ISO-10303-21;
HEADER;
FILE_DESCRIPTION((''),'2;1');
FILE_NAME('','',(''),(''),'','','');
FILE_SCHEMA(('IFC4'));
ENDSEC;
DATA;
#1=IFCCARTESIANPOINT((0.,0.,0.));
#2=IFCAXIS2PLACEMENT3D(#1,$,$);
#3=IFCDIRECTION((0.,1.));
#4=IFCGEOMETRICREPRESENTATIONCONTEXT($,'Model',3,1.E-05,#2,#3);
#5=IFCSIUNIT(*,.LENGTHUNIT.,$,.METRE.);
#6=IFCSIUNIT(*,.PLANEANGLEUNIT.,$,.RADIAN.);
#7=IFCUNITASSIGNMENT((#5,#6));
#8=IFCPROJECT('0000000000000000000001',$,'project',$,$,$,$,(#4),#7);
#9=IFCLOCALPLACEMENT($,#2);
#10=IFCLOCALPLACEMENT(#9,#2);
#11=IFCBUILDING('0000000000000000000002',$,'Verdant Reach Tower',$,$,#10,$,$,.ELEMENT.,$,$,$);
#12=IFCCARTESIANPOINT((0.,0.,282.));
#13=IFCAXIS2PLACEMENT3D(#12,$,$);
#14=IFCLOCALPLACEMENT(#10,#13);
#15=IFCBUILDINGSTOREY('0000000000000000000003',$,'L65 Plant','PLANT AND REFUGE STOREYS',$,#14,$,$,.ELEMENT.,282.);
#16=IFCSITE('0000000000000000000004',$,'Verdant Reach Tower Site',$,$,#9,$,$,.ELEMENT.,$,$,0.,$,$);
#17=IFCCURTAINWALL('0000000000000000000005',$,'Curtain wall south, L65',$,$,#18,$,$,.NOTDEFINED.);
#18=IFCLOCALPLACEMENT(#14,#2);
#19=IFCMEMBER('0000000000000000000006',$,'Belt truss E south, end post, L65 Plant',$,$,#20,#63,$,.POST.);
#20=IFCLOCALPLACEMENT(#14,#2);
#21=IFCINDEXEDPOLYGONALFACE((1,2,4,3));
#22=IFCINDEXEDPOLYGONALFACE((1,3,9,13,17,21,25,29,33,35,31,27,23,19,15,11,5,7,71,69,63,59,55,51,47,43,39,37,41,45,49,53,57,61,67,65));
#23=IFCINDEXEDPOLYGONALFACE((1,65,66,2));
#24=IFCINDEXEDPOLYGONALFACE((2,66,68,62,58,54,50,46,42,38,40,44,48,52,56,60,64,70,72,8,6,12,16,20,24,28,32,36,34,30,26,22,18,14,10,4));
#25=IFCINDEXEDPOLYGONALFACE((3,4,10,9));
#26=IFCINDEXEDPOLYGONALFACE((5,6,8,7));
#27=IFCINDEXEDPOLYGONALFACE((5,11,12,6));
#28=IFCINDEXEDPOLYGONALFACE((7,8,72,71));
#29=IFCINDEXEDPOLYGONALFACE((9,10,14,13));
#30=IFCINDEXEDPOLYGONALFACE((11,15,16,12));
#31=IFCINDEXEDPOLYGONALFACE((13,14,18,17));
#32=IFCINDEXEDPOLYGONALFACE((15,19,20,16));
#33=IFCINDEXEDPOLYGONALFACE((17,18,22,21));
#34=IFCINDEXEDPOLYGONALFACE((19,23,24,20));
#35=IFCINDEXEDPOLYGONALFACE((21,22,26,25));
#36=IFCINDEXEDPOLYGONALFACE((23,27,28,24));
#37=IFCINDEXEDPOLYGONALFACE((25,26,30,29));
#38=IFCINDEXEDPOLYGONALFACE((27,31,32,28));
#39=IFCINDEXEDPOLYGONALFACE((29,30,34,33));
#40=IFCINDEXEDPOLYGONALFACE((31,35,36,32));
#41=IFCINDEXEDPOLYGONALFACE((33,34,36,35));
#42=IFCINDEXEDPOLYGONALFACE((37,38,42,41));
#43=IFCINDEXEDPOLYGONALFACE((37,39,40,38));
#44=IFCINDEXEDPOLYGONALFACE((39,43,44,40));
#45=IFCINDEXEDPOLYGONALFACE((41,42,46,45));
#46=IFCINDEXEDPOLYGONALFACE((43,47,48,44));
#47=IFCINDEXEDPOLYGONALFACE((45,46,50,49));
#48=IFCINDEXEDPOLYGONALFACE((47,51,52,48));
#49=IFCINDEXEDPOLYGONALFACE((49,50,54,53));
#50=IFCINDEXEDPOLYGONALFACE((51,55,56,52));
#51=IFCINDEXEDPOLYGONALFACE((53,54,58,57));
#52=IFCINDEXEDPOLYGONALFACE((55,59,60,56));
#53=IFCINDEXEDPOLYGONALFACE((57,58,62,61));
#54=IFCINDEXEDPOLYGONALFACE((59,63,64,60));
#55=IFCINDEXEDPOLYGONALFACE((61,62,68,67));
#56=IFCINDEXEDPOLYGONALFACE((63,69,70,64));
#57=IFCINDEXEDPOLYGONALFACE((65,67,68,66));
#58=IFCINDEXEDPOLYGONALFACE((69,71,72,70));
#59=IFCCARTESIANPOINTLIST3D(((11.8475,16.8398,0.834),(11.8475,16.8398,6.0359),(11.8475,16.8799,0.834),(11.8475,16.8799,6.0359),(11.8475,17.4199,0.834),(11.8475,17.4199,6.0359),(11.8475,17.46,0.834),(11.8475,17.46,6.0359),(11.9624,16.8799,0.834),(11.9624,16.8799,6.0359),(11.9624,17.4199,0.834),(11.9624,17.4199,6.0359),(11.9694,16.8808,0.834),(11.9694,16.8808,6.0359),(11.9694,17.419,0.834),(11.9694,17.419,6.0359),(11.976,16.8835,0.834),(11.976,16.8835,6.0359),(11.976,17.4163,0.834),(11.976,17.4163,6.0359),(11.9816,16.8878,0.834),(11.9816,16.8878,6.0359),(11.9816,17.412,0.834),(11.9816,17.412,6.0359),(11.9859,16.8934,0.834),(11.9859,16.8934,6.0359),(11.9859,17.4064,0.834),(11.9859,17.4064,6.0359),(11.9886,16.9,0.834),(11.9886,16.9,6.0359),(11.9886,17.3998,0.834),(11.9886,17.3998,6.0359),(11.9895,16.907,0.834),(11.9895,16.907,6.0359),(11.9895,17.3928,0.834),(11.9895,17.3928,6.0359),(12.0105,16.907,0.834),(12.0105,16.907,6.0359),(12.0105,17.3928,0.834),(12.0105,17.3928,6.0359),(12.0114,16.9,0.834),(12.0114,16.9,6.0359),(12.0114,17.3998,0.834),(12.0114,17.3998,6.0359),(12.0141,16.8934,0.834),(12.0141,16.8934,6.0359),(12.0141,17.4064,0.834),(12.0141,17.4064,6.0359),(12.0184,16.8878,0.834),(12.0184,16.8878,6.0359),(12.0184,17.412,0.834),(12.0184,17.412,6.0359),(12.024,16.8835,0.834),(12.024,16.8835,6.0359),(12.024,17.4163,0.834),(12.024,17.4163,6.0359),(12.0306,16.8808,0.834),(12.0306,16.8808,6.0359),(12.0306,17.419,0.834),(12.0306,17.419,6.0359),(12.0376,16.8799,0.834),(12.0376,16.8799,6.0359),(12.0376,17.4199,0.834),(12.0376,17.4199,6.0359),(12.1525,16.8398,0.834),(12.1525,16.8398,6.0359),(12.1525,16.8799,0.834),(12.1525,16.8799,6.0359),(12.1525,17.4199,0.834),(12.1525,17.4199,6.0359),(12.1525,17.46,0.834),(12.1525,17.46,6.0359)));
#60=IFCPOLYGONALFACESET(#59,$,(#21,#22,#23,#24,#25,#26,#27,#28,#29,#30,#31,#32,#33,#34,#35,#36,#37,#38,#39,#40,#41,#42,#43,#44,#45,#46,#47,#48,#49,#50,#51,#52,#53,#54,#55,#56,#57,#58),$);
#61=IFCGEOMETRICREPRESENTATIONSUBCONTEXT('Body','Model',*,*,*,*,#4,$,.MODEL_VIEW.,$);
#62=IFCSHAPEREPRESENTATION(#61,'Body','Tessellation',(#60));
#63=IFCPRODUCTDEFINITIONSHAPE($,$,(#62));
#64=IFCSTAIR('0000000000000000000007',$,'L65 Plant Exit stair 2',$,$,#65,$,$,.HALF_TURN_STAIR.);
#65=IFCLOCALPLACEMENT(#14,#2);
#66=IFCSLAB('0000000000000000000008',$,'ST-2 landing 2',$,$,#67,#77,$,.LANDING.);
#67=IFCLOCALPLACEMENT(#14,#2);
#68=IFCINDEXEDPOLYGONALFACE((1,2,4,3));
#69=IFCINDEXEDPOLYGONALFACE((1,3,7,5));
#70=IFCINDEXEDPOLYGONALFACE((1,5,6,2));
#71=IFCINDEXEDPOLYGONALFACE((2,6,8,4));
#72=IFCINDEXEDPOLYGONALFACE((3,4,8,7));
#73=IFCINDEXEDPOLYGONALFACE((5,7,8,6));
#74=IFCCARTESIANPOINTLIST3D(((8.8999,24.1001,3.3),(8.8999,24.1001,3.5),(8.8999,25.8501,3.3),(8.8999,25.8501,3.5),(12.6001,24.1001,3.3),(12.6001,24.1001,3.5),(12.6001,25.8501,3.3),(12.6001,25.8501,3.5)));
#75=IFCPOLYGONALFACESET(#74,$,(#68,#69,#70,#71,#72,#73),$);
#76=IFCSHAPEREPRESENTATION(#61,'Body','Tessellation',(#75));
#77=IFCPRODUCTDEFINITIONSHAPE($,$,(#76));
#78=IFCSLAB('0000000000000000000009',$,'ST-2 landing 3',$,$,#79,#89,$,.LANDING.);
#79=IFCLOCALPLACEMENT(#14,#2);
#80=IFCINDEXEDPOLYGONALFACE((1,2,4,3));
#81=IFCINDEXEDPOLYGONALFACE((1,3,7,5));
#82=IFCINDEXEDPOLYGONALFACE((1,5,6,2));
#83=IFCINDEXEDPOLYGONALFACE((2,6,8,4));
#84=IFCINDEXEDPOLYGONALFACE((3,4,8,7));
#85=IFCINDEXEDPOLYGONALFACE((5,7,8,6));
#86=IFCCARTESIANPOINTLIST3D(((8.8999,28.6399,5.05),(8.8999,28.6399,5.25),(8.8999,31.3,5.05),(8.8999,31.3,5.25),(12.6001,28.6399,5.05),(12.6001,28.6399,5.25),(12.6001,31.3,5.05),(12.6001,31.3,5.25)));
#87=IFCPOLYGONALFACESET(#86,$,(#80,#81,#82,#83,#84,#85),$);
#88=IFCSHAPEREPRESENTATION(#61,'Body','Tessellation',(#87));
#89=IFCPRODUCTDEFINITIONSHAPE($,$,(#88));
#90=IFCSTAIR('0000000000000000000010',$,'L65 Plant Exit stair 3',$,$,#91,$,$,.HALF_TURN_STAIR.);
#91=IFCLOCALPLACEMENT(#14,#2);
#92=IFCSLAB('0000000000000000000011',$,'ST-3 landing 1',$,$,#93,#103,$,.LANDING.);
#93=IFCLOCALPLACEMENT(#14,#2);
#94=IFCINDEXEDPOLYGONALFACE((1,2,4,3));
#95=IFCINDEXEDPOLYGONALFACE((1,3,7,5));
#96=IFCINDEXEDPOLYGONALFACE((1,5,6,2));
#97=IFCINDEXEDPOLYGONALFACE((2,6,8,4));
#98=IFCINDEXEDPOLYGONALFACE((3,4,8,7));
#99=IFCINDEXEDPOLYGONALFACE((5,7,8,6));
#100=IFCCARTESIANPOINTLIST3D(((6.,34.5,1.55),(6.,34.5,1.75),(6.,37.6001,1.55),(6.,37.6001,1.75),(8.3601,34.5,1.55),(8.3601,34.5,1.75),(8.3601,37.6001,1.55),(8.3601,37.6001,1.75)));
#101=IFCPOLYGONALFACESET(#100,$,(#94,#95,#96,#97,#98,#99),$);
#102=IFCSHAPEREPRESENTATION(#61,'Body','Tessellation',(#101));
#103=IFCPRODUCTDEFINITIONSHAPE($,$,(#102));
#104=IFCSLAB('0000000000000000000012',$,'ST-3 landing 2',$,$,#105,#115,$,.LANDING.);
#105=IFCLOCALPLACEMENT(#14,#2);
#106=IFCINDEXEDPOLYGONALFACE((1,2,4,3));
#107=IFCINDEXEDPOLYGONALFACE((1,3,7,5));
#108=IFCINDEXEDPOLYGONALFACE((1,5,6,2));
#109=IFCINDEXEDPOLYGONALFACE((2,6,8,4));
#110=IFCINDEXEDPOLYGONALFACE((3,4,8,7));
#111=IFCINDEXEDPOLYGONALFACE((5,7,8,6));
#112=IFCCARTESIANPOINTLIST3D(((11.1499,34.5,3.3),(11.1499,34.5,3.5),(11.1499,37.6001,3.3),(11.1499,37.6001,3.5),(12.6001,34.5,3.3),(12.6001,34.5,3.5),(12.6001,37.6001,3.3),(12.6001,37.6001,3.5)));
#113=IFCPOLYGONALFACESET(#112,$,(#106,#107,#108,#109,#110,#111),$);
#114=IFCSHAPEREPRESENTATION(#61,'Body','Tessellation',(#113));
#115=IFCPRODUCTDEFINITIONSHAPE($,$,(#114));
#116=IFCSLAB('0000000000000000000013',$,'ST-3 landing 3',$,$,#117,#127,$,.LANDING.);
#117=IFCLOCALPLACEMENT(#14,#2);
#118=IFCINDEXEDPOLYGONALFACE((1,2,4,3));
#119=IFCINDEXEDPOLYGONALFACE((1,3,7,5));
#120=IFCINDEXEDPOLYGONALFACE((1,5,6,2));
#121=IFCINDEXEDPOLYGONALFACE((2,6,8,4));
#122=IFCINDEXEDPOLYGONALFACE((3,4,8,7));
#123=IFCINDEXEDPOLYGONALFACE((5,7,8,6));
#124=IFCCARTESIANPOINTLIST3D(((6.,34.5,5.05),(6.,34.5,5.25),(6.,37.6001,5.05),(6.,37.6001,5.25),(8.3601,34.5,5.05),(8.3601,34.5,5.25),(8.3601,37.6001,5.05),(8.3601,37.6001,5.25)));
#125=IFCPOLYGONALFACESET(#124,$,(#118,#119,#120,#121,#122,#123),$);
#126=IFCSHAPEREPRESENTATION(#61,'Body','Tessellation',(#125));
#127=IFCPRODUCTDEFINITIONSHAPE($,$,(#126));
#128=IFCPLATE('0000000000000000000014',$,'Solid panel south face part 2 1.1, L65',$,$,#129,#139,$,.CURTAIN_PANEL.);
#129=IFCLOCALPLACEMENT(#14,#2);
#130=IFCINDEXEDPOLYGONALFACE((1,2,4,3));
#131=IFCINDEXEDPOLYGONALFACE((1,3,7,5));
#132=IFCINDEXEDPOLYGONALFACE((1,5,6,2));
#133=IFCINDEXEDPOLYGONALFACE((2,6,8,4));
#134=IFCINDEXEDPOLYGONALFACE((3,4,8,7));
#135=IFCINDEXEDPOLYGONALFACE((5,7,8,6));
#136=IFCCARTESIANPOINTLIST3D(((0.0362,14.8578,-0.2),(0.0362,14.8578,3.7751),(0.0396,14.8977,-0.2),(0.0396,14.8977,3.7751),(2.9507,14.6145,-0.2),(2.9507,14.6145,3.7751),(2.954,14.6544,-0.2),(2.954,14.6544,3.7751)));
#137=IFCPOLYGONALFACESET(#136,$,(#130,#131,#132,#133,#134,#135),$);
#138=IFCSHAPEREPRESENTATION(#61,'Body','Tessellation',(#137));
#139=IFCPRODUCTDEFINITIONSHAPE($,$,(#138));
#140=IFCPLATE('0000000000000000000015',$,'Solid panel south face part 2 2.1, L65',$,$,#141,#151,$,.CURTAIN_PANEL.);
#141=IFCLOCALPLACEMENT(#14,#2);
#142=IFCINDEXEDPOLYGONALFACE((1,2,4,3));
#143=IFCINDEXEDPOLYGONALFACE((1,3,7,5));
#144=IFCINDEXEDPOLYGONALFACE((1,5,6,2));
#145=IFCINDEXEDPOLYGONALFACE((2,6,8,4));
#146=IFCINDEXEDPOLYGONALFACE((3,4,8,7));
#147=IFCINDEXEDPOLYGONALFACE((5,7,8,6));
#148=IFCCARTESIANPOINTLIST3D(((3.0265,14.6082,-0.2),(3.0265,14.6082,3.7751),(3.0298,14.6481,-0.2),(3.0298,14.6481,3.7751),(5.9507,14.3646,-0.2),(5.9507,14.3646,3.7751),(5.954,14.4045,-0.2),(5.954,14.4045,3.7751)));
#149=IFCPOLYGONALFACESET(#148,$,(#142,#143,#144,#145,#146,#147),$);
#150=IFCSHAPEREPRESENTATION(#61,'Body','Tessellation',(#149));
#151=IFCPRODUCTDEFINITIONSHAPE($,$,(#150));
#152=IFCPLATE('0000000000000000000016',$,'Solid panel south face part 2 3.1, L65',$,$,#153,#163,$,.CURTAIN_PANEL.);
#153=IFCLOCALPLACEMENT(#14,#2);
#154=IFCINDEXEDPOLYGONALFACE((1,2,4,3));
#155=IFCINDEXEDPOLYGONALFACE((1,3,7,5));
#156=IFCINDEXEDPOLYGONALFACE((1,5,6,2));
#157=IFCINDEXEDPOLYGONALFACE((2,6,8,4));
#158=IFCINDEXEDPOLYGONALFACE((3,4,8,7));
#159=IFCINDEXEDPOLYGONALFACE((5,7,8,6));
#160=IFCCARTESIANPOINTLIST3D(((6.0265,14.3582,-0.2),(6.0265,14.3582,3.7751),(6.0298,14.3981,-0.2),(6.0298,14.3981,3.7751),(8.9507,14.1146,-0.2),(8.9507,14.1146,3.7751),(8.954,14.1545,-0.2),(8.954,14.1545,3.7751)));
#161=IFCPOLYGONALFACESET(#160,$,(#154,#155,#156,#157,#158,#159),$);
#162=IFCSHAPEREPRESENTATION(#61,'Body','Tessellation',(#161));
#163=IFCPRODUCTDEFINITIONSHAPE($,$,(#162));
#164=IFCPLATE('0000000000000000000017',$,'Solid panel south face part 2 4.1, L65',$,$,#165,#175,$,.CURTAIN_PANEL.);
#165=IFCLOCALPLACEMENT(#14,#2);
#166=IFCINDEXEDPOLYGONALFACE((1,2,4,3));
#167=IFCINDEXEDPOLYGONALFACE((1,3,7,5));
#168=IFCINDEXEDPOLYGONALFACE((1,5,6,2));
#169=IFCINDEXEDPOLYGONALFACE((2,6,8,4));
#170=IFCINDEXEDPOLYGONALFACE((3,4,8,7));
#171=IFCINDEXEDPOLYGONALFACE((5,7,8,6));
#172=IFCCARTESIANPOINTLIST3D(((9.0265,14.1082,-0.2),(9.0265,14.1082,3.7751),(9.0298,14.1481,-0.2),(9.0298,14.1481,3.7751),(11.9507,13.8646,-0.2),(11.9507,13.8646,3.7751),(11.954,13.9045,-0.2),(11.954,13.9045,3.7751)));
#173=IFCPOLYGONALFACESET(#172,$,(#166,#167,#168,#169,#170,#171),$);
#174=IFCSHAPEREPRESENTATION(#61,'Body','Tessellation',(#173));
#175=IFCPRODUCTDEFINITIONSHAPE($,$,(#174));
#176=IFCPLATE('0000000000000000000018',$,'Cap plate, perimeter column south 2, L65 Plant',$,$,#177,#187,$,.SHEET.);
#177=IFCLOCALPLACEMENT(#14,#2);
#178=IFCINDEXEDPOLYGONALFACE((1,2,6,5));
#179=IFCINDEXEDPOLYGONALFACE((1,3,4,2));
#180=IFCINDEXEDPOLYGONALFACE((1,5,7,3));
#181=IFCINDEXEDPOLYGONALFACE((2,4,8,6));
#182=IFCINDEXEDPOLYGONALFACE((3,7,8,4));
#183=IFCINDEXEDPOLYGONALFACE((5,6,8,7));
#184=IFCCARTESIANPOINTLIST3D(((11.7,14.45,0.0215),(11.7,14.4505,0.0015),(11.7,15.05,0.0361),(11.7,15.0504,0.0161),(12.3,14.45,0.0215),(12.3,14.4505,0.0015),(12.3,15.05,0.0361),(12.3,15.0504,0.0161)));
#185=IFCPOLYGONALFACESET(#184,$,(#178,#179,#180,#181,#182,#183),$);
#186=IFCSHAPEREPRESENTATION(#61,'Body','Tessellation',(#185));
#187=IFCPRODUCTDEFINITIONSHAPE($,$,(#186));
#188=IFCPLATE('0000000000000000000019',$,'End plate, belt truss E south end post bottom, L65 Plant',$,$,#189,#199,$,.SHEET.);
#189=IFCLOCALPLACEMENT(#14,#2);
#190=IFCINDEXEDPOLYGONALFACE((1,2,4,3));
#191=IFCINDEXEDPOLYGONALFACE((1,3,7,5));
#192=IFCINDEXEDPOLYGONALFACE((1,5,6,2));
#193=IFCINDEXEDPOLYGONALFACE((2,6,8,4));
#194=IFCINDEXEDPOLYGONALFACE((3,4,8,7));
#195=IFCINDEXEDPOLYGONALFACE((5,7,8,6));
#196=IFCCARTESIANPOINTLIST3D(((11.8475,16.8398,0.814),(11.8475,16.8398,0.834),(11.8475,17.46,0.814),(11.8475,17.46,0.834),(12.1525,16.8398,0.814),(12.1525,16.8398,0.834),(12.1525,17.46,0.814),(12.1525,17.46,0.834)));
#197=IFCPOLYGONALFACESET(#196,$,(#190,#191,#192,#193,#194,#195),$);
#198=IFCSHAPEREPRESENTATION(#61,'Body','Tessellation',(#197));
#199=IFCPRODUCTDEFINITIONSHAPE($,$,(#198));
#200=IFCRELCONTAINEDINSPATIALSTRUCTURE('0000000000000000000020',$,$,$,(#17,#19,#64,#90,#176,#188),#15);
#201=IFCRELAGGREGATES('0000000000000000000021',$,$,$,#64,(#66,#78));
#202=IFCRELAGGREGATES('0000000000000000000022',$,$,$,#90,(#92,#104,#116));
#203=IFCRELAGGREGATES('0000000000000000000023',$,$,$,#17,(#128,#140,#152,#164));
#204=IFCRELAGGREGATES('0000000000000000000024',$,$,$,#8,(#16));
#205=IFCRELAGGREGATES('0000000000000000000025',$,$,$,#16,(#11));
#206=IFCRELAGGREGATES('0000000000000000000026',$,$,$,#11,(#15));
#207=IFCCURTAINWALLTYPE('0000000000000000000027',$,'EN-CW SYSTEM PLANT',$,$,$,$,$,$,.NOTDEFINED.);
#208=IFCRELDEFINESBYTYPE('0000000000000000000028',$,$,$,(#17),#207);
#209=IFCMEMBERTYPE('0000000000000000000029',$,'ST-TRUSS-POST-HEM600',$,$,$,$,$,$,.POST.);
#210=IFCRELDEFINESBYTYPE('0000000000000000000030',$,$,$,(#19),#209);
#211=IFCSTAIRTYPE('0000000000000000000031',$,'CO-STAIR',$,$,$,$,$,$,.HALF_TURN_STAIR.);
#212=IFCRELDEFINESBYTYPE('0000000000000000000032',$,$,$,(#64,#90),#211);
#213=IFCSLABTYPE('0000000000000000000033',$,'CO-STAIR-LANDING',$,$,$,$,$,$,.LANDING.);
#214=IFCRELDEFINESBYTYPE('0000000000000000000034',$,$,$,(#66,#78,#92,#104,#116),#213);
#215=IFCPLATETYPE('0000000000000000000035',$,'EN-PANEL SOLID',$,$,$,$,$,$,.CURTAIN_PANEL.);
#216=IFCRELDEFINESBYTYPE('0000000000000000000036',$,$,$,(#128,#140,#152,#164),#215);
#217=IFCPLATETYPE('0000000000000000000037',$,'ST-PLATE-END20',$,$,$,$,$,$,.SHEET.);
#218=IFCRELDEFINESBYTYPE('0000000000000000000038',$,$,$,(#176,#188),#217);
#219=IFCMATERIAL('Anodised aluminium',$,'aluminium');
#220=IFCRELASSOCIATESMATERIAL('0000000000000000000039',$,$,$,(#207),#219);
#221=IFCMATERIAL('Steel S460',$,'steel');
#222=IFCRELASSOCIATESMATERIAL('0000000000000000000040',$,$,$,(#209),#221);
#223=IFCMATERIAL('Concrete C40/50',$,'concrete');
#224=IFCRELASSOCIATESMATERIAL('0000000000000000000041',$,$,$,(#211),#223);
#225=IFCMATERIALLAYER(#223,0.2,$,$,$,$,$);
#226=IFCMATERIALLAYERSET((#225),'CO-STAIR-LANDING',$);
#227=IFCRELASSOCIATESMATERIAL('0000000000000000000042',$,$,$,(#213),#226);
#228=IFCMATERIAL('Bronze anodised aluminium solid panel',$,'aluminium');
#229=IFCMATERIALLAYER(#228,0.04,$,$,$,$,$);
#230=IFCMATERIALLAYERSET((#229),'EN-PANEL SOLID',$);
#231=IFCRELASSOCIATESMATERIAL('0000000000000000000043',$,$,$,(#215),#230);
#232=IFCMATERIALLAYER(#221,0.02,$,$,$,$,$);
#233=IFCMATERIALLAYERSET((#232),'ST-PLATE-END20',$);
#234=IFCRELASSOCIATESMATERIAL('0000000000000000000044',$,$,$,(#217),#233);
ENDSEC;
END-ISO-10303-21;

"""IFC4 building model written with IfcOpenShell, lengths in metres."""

from ifc_helpers import new_model, si_unit, direction, frame, origin, origin_2d, place, context, subcontext, project, spatial, polyline, rectangle, i_section, outline, extrude, material, layer, layer_set, material_profile, profile_set, type_object, element, aggregate, save


model = new_model("IFC4")

# Units and contexts
model_context = context("Model", 3, precision=1e-05, world=origin(), true_north=direction((0.0, 1.0)))
body_context = subcontext(model_context, "Body", "Model", "MODEL_VIEW")
ifc_project = project(units=[si_unit("LENGTHUNIT", "METRE"), si_unit("PLANEANGLEUNIT", "RADIAN")], contexts=[model_context])

# Site, building, storey
site_placement = place(None, origin())
site = spatial("IfcSite", under=ifc_project, at=site_placement, Name="Verdant Reach Tower Site", CompositionType="ELEMENT", RefElevation=0.0)
building_placement = place(site_placement, origin())
building = spatial("IfcBuilding", under=site, at=building_placement, Name="Verdant Reach Tower", CompositionType="ELEMENT")
storey_placement = place(building_placement, frame((0.0, 0.0, 282.0)))
storey = spatial("IfcBuildingStorey", under=building, at=storey_placement, Name="L65 Plant", Description="PLANT AND REFUGE STOREYS", CompositionType="ELEMENT", Elevation=282.0)

# Shared definitions
ifc_material_1 = material(Name="Steel S460", Category="steel")

# Curtain wall
ifc_material_2 = material(Name="Anodised aluminium", Category="aluminium")
curtain_wall_type = type_object("IfcCurtainWallType", Name="EN-CW SYSTEM PLANT", PredefinedType="NOTDEFINED", material=ifc_material_2)
curtain_wall_placement = place(storey_placement, origin())
curtain_wall = element("IfcCurtainWall", 1, at=curtain_wall_placement, inside=storey, type_object=curtain_wall_type, Name="Curtain wall south, L65", PredefinedType="NOTDEFINED")

# Member
ifc_material_profile_1 = material_profile(ifc_material_1, i_section(OverallWidth=0.3049, OverallDepth=0.6201, WebThickness=0.021, FlangeThickness=0.04, FilletRadius=0.0271, at=origin_2d()), Name="HEM 600")
ifc_profile_set_1 = profile_set([ifc_material_profile_1], Name="Steel S460")
member_type_1 = type_object("IfcMemberType", Name="ST-TRUSS-POST-HEM600", PredefinedType="POST", material=ifc_profile_set_1)
member_1_placement = place(storey_placement, frame((12.0, 17.1499, 0.834), z_axis=(0.0, 0.0, 1.0), x_axis=(1.0, 0.0, 0.0)))
element("IfcMember", 2, at=member_1_placement, inside=storey, type_object=member_type_1, Name="Belt truss E south, end post, L65 Plant", PredefinedType="POST", context=body_context, shape_type="SweptSolid", body=[
    extrude(i_section(OverallWidth=0.3049, OverallDepth=0.6201, WebThickness=0.021, FlangeThickness=0.04, FilletRadius=0.0271, at=origin_2d()), origin(), (0.0, 0.0, 1.0), 5.2019),
])

# Stairs, slabs
ifc_material_3 = material(Name="Concrete C40/50", Category="concrete")
stair_type = type_object("IfcStairType", Name="CO-STAIR", PredefinedType="HALF_TURN_STAIR", material=ifc_material_3)
stair_1_placement = place(storey_placement, origin())
stair_1 = element("IfcStair", 3, at=stair_1_placement, inside=storey, type_object=stair_type, Name="L65 Plant Exit stair 2", PredefinedType="HALF_TURN_STAIR")
ifc_layer_1 = layer(ifc_material_3, 0.2)
ifc_layer_set_1 = layer_set([ifc_layer_1], Name="CO-STAIR-LANDING")
slab_type = type_object("IfcSlabType", Name="CO-STAIR-LANDING", PredefinedType="LANDING", material=ifc_layer_set_1)
slab_1_placement = place(storey_placement, frame((0.0, 0.0, 3.3)))
slab_1 = element("IfcSlab", 4, at=slab_1_placement, type_object=slab_type, Name="ST-2 landing 2", PredefinedType="LANDING", context=body_context, shape_type="SweptSolid", body=[
    extrude(outline(polyline([(12.6001, 24.1001), (12.6001, 25.8501), (8.8999, 25.8501), (8.8999, 24.1001), (12.6001, 24.1001)])), origin(), (0.0, 0.0, 1.0), 0.2),
])
slab_2_placement = place(storey_placement, frame((0.0, 0.0, 5.05)))
slab_2 = element("IfcSlab", 5, at=slab_2_placement, type_object=slab_type, Name="ST-2 landing 3", PredefinedType="LANDING", context=body_context, shape_type="SweptSolid", body=[
    extrude(outline(polyline([(12.6001, 28.6399), (12.6001, 31.3), (8.8999, 31.3), (8.8999, 28.6399), (12.6001, 28.6399)])), origin(), (0.0, 0.0, 1.0), 0.2),
])
aggregate(stair_1, [slab_1, slab_2])
stair_2_placement = place(storey_placement, origin())
stair_2 = element("IfcStair", 6, at=stair_2_placement, inside=storey, type_object=stair_type, Name="L65 Plant Exit stair 3", PredefinedType="HALF_TURN_STAIR")
slab_3_placement = place(storey_placement, frame((0.0, 0.0, 1.55)))
slab_3 = element("IfcSlab", 7, at=slab_3_placement, type_object=slab_type, Name="ST-3 landing 1", PredefinedType="LANDING", context=body_context, shape_type="SweptSolid", body=[
    extrude(outline(polyline([(8.3601, 37.6001), (6.0, 37.6001), (6.0, 34.5), (8.3601, 34.5), (8.3601, 37.6001)])), origin(), (0.0, 0.0, 1.0), 0.2),
])
slab_4_placement = place(storey_placement, frame((0.0, 0.0, 3.3)))
slab_4 = element("IfcSlab", 8, at=slab_4_placement, type_object=slab_type, Name="ST-3 landing 2", PredefinedType="LANDING", context=body_context, shape_type="SweptSolid", body=[
    extrude(outline(polyline([(12.6001, 37.6001), (11.1499, 37.6001), (11.1499, 34.5), (12.6001, 34.5), (12.6001, 37.6001)])), origin(), (0.0, 0.0, 1.0), 0.2),
])
slab_5_placement = place(storey_placement, frame((0.0, 0.0, 5.05)))
slab_5 = element("IfcSlab", 9, at=slab_5_placement, type_object=slab_type, Name="ST-3 landing 3", PredefinedType="LANDING", context=body_context, shape_type="SweptSolid", body=[
    extrude(outline(polyline([(8.3601, 37.6001), (6.0, 37.6001), (6.0, 34.5), (8.3601, 34.5), (8.3601, 37.6001)])), origin(), (0.0, 0.0, 1.0), 0.2),
])
aggregate(stair_2, [slab_3, slab_4, slab_5])

# Plates
ifc_material_4 = material(Name="Bronze anodised aluminium solid panel", Category="aluminium")
ifc_layer_2 = layer(ifc_material_4, 0.04)
ifc_layer_set_2 = layer_set([ifc_layer_2], Name="EN-PANEL SOLID")
plate_type_1 = type_object("IfcPlateType", Name="EN-PANEL SOLID", PredefinedType="CURTAIN_PANEL", material=ifc_layer_set_2)
plate_1_placement = place(storey_placement, frame((1.4951, 14.7561, -0.2), z_axis=(0.0, 0.0, 1.0), x_axis=(0.996534, -0.083182, 0.0)))
plate_1 = element("IfcPlate", 10, at=plate_1_placement, type_object=plate_type_1, Name="Solid panel south face part 2 1.1, L65", PredefinedType="CURTAIN_PANEL", context=body_context, shape_type="SweptSolid", body=[
    extrude(rectangle(XDim=2.9246, YDim=0.04, at=origin_2d()), origin(), (0.0, 0.0, 1.0), 3.9751),
])
plate_2_placement = place(storey_placement, frame((4.4902, 14.5063, -0.2), z_axis=(0.0, 0.0, 1.0), x_axis=(0.996546, -0.083045, 0.0)))
plate_2 = element("IfcPlate", 11, at=plate_2_placement, type_object=plate_type_1, Name="Solid panel south face part 2 2.1, L65", PredefinedType="CURTAIN_PANEL", context=body_context, shape_type="SweptSolid", body=[
    extrude(rectangle(XDim=2.9343, YDim=0.04, at=origin_2d()), origin(), (0.0, 0.0, 1.0), 3.9751),
])
plate_3_placement = place(storey_placement, frame((7.4902, 14.2563, -0.2), z_axis=(0.0, 0.0, 1.0), x_axis=(0.996546, -0.083045, 0.0)))
plate_3 = element("IfcPlate", 12, at=plate_3_placement, type_object=plate_type_1, Name="Solid panel south face part 2 3.1, L65", PredefinedType="CURTAIN_PANEL", context=body_context, shape_type="SweptSolid", body=[
    extrude(rectangle(XDim=2.9343, YDim=0.04, at=origin_2d()), origin(), (0.0, 0.0, 1.0), 3.9751),
])
plate_4_placement = place(storey_placement, frame((10.4902, 14.0063, -0.2), z_axis=(0.0, 0.0, 1.0), x_axis=(0.996546, -0.083045, 0.0)))
plate_4 = element("IfcPlate", 13, at=plate_4_placement, type_object=plate_type_1, Name="Solid panel south face part 2 4.1, L65", PredefinedType="CURTAIN_PANEL", context=body_context, shape_type="SweptSolid", body=[
    extrude(rectangle(XDim=2.9343, YDim=0.04, at=origin_2d()), origin(), (0.0, 0.0, 1.0), 3.9751),
])

# Plates
ifc_layer_3 = layer(ifc_material_1, 0.02)
ifc_layer_set_3 = layer_set([ifc_layer_3], Name="ST-PLATE-END20")
plate_type_2 = type_object("IfcPlateType", Name="ST-PLATE-END20", PredefinedType="SHEET", material=ifc_layer_set_3)
plate_5_placement = place(storey_placement, frame((12.0, 14.7505, 0.0088), z_axis=(0.0, -0.024383, 0.999703), x_axis=(1.0, 0.0, 0.0)))
element("IfcPlate", 14, at=plate_5_placement, inside=storey, type_object=plate_type_2, Name="Cap plate, perimeter column south 2, L65 Plant", PredefinedType="SHEET", context=body_context, shape_type="SweptSolid", body=[
    extrude(rectangle(XDim=0.6001, YDim=0.6001, at=origin_2d()), origin(), (0.0, 0.0, 1.0), 0.02),
])
for number, where, z_axis, x_axis, name in (
    (15, (12.0, 17.1499, 0.814), (0.0, 0.0, 1.0), (1.0, 0.0, 0.0), "End plate, belt truss E south end post bottom, L65 Plant"),
):
    element("IfcPlate", number, at=place(storey_placement, frame(where, z_axis=z_axis, x_axis=x_axis)), inside=storey, type_object=plate_type_2, Name=name, PredefinedType="SHEET", context=body_context, shape_type="SweptSolid", body=[
        extrude(rectangle(XDim=0.3049, YDim=0.6201, at=origin_2d()), origin(), (0.0, 0.0, 1.0), 0.02),
    ])

aggregate(curtain_wall, [plate_1, plate_2, plate_3, plate_4])

save(model, "model.ifc")
